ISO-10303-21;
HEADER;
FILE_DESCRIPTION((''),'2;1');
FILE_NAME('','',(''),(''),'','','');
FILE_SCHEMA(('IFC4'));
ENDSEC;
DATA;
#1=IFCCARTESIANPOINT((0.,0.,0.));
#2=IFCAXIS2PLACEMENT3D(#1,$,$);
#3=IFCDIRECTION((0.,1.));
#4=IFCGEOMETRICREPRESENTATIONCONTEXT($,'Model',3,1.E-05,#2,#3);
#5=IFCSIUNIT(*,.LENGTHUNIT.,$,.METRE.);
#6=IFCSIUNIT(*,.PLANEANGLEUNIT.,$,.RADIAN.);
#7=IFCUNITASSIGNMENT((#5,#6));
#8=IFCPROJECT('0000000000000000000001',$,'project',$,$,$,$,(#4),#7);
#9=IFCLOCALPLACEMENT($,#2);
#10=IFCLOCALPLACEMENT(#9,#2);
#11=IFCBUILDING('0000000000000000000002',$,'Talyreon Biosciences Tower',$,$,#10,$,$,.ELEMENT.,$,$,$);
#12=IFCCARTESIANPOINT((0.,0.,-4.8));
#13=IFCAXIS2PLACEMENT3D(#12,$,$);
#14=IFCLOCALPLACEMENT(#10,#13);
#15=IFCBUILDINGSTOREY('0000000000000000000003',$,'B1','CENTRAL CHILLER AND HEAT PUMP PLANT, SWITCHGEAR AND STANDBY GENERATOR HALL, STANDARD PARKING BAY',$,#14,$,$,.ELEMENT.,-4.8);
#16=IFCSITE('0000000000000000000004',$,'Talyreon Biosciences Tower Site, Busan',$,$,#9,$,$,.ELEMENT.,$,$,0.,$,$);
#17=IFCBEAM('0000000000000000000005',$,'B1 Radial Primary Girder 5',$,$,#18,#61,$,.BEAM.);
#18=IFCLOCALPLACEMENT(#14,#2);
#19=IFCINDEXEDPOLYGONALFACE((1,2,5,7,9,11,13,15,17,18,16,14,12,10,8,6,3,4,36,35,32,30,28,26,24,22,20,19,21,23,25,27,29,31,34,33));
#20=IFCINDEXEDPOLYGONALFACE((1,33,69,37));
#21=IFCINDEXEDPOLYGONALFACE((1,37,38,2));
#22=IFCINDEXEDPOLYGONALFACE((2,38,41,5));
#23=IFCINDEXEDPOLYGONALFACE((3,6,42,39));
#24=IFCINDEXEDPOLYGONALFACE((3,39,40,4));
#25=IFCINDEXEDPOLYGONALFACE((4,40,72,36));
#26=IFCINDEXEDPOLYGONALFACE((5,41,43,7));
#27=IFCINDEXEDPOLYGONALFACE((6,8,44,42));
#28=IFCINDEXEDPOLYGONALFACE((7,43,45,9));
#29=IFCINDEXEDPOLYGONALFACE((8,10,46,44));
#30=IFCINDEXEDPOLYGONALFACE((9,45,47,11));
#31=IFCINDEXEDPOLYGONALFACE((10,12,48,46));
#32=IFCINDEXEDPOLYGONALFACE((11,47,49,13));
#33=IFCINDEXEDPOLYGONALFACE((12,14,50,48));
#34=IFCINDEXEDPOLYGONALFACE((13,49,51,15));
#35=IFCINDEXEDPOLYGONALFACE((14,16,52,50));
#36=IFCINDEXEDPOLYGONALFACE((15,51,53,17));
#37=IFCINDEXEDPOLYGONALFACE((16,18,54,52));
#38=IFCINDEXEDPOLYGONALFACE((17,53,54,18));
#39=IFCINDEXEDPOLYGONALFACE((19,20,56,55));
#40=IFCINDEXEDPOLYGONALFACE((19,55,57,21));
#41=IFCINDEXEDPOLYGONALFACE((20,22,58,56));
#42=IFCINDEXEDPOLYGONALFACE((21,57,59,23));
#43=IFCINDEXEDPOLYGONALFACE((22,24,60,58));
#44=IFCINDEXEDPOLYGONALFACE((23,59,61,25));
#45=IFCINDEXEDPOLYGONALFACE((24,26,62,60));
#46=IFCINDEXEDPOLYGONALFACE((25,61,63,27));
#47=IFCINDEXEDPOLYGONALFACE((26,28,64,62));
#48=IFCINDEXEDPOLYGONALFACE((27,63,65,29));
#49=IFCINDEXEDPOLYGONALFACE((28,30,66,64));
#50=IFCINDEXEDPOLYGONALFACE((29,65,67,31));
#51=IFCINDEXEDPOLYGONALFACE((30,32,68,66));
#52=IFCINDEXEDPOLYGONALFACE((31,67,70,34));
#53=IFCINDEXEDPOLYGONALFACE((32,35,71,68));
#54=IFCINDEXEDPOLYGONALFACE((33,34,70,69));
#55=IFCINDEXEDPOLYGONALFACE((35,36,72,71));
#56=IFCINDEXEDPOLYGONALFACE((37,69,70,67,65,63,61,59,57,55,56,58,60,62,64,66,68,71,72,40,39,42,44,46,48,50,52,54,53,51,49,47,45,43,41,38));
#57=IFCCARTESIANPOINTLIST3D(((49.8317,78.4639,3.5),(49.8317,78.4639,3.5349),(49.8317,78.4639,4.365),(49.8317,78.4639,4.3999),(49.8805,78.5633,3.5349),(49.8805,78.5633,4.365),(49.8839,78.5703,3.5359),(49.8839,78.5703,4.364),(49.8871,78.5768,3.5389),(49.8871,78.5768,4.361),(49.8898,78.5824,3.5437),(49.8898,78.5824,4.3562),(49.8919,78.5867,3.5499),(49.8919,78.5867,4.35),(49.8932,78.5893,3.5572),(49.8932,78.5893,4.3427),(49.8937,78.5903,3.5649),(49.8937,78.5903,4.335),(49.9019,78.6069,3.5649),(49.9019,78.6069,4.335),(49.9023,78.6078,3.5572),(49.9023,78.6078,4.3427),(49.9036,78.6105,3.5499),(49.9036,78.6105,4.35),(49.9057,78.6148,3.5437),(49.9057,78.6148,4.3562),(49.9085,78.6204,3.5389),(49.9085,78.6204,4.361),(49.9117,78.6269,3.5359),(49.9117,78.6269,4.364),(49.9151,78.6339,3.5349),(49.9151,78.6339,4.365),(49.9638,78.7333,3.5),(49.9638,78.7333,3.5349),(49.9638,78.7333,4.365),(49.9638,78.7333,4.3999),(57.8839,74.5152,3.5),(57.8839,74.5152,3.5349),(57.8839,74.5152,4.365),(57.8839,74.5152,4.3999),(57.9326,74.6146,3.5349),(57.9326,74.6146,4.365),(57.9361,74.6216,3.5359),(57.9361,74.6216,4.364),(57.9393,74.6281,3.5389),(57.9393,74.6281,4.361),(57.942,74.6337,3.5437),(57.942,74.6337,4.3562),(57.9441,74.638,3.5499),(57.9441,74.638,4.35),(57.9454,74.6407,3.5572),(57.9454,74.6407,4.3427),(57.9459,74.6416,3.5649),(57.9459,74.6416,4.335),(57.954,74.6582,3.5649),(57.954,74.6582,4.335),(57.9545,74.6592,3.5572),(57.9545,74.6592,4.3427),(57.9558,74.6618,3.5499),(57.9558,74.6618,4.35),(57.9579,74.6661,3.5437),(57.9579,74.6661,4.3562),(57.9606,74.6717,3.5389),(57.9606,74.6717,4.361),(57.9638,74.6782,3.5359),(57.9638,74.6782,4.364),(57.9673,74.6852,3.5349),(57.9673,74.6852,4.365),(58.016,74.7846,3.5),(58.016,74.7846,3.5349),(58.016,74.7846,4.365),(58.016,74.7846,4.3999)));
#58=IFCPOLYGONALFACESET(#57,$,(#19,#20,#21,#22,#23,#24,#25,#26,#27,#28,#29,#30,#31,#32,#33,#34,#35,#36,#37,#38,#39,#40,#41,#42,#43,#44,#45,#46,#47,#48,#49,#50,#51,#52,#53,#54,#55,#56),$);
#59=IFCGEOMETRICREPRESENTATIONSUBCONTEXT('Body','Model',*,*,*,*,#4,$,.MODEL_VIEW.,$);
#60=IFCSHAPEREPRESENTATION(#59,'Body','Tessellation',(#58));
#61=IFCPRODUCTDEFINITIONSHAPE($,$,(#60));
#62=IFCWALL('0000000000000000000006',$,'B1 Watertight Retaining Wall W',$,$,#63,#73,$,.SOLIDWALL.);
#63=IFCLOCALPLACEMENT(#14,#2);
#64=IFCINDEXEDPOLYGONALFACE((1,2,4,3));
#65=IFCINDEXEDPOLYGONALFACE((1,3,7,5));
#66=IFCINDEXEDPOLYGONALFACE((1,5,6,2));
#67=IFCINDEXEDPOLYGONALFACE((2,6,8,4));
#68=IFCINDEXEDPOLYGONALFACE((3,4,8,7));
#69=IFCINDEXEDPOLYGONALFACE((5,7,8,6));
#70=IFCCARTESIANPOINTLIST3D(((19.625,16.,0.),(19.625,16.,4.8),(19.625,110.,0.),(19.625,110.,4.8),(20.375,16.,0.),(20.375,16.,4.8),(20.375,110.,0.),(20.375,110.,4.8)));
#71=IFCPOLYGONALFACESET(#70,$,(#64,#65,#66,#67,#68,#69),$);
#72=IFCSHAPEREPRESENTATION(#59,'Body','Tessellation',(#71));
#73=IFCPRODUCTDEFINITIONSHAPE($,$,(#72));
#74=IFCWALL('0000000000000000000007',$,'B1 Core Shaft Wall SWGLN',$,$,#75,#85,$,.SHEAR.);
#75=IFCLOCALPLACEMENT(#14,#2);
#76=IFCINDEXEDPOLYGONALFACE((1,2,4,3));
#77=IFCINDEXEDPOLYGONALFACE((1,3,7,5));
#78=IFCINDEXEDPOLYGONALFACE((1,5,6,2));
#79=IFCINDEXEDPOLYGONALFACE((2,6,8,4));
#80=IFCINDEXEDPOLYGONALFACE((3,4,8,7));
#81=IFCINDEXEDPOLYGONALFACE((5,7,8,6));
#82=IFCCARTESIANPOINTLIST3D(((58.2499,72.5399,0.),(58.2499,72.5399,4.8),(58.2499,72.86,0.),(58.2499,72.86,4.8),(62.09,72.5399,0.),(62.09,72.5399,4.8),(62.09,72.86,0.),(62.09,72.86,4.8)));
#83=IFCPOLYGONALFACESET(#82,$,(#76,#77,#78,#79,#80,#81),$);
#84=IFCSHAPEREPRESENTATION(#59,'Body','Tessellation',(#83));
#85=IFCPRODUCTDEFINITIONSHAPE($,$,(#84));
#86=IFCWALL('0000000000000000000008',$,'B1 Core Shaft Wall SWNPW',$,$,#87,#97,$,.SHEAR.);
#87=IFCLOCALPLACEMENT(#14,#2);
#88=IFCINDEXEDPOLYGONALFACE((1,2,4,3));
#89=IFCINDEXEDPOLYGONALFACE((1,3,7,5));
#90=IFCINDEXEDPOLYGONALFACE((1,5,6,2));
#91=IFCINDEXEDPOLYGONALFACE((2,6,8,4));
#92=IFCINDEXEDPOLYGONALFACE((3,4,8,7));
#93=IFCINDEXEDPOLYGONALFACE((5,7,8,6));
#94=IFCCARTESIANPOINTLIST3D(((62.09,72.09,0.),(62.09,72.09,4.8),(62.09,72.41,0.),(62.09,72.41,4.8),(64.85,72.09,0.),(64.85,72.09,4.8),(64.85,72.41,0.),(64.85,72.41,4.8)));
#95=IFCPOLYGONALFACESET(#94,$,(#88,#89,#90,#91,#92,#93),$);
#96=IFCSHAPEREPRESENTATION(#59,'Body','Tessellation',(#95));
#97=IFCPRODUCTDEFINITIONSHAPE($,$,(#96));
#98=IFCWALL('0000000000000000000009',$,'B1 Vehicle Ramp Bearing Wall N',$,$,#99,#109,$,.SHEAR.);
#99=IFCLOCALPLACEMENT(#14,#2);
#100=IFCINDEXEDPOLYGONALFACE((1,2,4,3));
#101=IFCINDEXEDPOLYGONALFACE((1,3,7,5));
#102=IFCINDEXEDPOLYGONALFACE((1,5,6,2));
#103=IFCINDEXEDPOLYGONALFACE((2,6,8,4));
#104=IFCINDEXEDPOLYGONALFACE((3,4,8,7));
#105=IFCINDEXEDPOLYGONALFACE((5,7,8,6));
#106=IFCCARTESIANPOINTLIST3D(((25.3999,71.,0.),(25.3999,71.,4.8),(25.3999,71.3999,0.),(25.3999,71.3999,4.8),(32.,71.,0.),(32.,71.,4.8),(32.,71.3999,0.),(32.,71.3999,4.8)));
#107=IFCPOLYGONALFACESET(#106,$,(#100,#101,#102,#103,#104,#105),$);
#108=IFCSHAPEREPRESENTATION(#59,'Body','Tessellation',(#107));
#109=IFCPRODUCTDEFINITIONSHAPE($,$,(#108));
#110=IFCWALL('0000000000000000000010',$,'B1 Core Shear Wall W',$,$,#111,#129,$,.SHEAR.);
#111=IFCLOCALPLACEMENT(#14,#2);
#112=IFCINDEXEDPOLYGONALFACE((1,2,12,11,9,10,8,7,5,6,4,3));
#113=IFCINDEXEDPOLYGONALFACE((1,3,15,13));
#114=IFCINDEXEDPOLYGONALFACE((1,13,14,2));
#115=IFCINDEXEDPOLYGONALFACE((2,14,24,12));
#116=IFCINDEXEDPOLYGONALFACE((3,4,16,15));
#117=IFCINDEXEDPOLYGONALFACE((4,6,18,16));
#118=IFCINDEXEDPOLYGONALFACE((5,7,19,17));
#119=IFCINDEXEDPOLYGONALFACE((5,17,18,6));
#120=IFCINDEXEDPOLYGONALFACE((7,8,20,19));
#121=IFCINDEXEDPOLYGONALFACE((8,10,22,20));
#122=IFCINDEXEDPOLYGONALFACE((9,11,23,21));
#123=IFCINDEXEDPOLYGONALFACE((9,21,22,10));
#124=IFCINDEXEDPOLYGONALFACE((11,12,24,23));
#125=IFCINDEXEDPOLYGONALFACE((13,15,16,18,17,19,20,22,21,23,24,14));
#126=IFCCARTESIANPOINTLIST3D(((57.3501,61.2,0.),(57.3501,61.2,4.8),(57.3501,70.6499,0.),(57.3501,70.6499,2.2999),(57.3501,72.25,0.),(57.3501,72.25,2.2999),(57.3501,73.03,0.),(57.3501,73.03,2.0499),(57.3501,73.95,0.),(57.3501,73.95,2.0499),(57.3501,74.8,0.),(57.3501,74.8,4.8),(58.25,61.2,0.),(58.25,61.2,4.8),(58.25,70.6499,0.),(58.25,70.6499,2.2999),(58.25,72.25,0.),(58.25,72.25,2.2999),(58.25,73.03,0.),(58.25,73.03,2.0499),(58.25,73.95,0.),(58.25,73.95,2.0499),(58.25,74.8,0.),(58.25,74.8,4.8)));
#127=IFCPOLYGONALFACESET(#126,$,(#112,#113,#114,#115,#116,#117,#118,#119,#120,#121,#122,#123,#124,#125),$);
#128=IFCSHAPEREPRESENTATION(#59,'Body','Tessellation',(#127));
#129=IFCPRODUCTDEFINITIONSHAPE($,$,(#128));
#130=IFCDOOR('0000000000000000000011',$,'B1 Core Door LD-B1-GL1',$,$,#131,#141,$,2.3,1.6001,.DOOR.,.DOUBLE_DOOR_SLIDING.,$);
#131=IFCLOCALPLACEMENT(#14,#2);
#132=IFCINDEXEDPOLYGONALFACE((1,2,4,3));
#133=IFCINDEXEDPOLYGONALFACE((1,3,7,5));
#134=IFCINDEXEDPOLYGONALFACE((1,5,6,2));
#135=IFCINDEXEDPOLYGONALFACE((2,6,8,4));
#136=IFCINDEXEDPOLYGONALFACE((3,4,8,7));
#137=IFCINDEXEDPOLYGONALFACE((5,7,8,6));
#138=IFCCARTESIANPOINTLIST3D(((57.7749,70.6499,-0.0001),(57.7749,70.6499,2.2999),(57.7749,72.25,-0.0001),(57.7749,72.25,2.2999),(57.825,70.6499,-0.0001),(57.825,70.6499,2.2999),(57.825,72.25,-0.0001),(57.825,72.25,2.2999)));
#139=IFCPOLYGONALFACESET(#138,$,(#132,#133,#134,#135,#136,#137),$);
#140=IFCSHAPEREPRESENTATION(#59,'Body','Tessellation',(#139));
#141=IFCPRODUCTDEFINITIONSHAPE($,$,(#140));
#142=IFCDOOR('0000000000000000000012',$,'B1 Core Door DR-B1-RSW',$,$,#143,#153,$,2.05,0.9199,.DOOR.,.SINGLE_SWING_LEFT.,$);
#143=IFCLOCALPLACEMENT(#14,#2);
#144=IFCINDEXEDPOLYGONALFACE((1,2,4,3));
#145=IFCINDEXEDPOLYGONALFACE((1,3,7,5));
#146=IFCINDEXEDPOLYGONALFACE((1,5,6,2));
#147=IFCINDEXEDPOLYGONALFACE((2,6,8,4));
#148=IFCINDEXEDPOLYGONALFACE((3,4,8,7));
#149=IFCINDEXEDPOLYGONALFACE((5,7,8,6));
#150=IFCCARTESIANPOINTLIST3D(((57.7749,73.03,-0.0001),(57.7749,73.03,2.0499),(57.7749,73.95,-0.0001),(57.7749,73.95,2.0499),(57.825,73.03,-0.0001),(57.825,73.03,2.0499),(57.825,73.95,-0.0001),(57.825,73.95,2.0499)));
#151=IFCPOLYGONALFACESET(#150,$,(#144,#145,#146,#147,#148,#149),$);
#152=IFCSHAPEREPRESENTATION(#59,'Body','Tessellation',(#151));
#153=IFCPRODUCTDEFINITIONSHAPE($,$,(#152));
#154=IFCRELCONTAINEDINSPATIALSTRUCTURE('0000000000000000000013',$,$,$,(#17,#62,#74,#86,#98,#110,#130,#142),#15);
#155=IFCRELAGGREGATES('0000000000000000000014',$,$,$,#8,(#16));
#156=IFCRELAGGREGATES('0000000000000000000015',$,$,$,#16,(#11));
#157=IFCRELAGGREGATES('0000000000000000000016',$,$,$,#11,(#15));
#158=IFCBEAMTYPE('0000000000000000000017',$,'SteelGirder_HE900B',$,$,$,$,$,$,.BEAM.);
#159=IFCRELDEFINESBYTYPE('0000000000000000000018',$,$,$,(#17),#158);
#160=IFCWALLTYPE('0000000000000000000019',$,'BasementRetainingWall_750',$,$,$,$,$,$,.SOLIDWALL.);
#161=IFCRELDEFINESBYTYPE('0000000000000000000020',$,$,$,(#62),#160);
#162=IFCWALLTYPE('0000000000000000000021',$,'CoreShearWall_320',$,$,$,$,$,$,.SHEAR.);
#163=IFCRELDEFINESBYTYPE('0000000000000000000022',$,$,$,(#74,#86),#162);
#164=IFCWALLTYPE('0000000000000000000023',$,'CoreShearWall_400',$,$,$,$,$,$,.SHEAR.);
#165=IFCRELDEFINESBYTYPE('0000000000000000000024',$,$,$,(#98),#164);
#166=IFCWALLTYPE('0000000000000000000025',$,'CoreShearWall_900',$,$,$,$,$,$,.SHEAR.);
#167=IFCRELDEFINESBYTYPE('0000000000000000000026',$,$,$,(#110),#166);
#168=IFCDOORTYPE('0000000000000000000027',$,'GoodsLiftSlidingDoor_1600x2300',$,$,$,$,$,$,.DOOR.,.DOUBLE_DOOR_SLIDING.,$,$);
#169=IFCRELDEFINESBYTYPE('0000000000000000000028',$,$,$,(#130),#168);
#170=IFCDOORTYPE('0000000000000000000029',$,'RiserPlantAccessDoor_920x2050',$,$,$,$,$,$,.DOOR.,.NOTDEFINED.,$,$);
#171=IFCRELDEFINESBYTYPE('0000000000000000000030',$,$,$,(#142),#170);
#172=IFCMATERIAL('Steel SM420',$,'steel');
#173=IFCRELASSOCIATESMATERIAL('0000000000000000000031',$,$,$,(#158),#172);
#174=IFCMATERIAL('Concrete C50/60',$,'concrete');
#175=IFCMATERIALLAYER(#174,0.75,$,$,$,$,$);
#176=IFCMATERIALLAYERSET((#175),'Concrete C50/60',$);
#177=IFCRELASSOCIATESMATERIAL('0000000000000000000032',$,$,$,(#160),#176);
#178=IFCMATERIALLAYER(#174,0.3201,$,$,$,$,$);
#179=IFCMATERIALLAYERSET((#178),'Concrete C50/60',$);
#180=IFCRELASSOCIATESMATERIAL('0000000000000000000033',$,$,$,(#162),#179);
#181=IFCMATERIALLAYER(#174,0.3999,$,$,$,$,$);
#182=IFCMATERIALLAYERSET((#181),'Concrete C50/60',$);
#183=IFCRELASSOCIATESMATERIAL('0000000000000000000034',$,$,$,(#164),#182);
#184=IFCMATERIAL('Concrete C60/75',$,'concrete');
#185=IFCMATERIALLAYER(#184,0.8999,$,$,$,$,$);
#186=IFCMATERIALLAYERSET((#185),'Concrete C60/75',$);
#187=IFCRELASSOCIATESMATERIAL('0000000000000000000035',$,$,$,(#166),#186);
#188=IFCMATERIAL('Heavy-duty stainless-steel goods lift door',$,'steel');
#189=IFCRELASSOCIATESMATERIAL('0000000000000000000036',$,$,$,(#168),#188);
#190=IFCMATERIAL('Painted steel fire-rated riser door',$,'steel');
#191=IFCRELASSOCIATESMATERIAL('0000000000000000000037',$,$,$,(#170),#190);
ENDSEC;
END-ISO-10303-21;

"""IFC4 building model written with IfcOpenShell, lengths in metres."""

from ifc_helpers import new_model, si_unit, direction, frame, frame_2d, origin, origin_2d, place, context, subcontext, project, spatial, rectangle, i_section, extrude, material, layer, layer_set, material_profile, profile_set, type_object, element, fill, save


model = new_model("IFC4")

# Units and contexts
model_context = context("Model", 3, precision=1e-05, world=origin(), true_north=direction((0.0, 1.0)))
body_context = subcontext(model_context, "Body", "Model", "MODEL_VIEW")
ifc_project = project(units=[si_unit("LENGTHUNIT", "METRE"), si_unit("PLANEANGLEUNIT", "RADIAN")], contexts=[model_context])

# Site, building, storey
site_placement = place(None, origin())
site = spatial("IfcSite", under=ifc_project, at=site_placement, Name="Talyreon Biosciences Tower Site, Busan", CompositionType="ELEMENT", RefElevation=0.0)
building_placement = place(site_placement, origin())
building = spatial("IfcBuilding", under=site, at=building_placement, Name="Talyreon Biosciences Tower", CompositionType="ELEMENT")
storey_placement = place(building_placement, frame((0.0, 0.0, -4.8)))
storey = spatial("IfcBuildingStorey", under=building, at=storey_placement, Name="B1", Description="CENTRAL CHILLER AND HEAT PUMP PLANT, SWITCHGEAR AND STANDBY GENERATOR HALL, STANDARD PARKING BAY", CompositionType="ELEMENT", Elevation=-4.8)

# Shared definitions
ifc_material_1 = material(Name="Concrete C50/60", Category="concrete")
ifc_material_2 = material(Name="Concrete C60/75", Category="concrete")

# Beam
ifc_material_3 = material(Name="Steel SM420", Category="steel")
ifc_material_profile_1 = material_profile(ifc_material_3, i_section(OverallWidth=0.3, OverallDepth=0.8999, WebThickness=0.0186, FlangeThickness=0.0349, FilletRadius=0.03, at=origin_2d()), Name="HE900B")
ifc_profile_set_1 = profile_set([ifc_material_profile_1], Name="Steel SM420")
beam_type_1 = type_object("IfcBeamType", Name="SteelGirder_HE900B", PredefinedType="BEAM", material=ifc_profile_set_1)
beam_1_placement = place(storey_placement, frame((57.95, 74.6499, 3.95), z_axis=(-0.897852, 0.440297, 0.0), x_axis=(-0.440297, -0.897852, 0.0)))
element("IfcBeam", 1, at=beam_1_placement, inside=storey, type_object=beam_type_1, Name="B1 Radial Primary Girder 5", PredefinedType="BEAM", context=body_context, shape_type="SweptSolid", body=[
    extrude(i_section(OverallWidth=0.3, OverallDepth=0.8999, WebThickness=0.0186, FlangeThickness=0.0349, FilletRadius=0.03, at=origin_2d()), origin(), (0.0, 0.0, 1.0), 8.9683),
])

# Walls
ifc_layer_1 = layer(ifc_material_1, 0.75)
ifc_layer_set_1 = layer_set([ifc_layer_1], Name="Concrete C50/60")
wall_type_1 = type_object("IfcWallType", Name="BasementRetainingWall_750", PredefinedType="SOLIDWALL", material=ifc_layer_set_1)
wall_1_placement = place(storey_placement, frame((20.0, 110.0, 0.0), z_axis=(0.0, 0.0, 1.0), x_axis=(0.0, -1.0, 0.0)))
element("IfcWall", 2, at=wall_1_placement, inside=storey, type_object=wall_type_1, Name="B1 Watertight Retaining Wall W", PredefinedType="SOLIDWALL", context=body_context, shape_type="SweptSolid", body=[
    extrude(rectangle(XDim=94.0, YDim=0.75, at=frame_2d((47.0, 0.0))), origin(), (0.0, 0.0, 1.0), 4.8),
])
ifc_layer_2 = layer(ifc_material_1, 0.3201)
ifc_layer_set_2 = layer_set([ifc_layer_2], Name="Concrete C50/60")
wall_type_2 = type_object("IfcWallType", Name="CoreShearWall_320", PredefinedType="SHEAR", material=ifc_layer_set_2)
wall_2_placement = place(storey_placement, frame((58.25, 72.7, 0.0), z_axis=(0.0, 0.0, 1.0), x_axis=(1.0, 0.0, 0.0)))
element("IfcWall", 3, at=wall_2_placement, inside=storey, type_object=wall_type_2, Name="B1 Core Shaft Wall SWGLN", PredefinedType="SHEAR", context=body_context, shape_type="SweptSolid", body=[
    extrude(rectangle(XDim=3.8401, YDim=0.3201, at=frame_2d((1.9199, 0.0))), origin(), (0.0, 0.0, 1.0), 4.8),
])
wall_3_placement = place(storey_placement, frame((62.0901, 72.25, 0.0), z_axis=(0.0, 0.0, 1.0), x_axis=(1.0, 0.0, 0.0)))
element("IfcWall", 4, at=wall_3_placement, inside=storey, type_object=wall_type_2, Name="B1 Core Shaft Wall SWNPW", PredefinedType="SHEAR", context=body_context, shape_type="SweptSolid", body=[
    extrude(rectangle(XDim=2.76, YDim=0.3201, at=frame_2d((1.3799, 0.0))), origin(), (0.0, 0.0, 1.0), 4.8),
])
ifc_layer_3 = layer(ifc_material_1, 0.3999)
ifc_layer_set_3 = layer_set([ifc_layer_3], Name="Concrete C50/60")
wall_type_3 = type_object("IfcWallType", Name="CoreShearWall_400", PredefinedType="SHEAR", material=ifc_layer_set_3)
wall_4_placement = place(storey_placement, frame((25.3999, 71.2, 0.0), z_axis=(0.0, 0.0, 1.0), x_axis=(1.0, 0.0, 0.0)))
element("IfcWall", 5, at=wall_4_placement, inside=storey, type_object=wall_type_3, Name="B1 Vehicle Ramp Bearing Wall N", PredefinedType="SHEAR", context=body_context, shape_type="SweptSolid", body=[
    extrude(rectangle(XDim=6.6001, YDim=0.3999, at=frame_2d((3.3, 0.0))), origin(), (0.0, 0.0, 1.0), 4.8),
])

# Wall, openings, doors
ifc_layer_4 = layer(ifc_material_2, 0.8999)
ifc_layer_set_4 = layer_set([ifc_layer_4], Name="Concrete C60/75")
wall_type_4 = type_object("IfcWallType", Name="CoreShearWall_900", PredefinedType="SHEAR", material=ifc_layer_set_4)
wall_5_placement = place(storey_placement, frame((57.8, 74.8, 0.0), z_axis=(0.0, 0.0, 1.0), x_axis=(0.0, -1.0, 0.0)))
wall_5 = element("IfcWall", 6, at=wall_5_placement, inside=storey, type_object=wall_type_4, Name="B1 Core Shear Wall W", PredefinedType="SHEAR", context=body_context, shape_type="SweptSolid", body=[
    extrude(rectangle(XDim=13.6001, YDim=0.8999, at=frame_2d((6.8, 0.0))), origin(), (0.0, 0.0, 1.0), 4.8),
])
opening_1_placement = place(wall_5_placement, frame((0.8501, 0.0, 0.0)))
opening_1 = element("IfcOpeningElement", 7, at=opening_1_placement, cuts=wall_5, PredefinedType="OPENING", context=body_context, shape_type="SweptSolid", body=[
    extrude(rectangle(XDim=0.9199, YDim=2.05, at=frame_2d((0.46, 1.0249))), frame((0.0, 0.46, 0.0), z_axis=(0.0, -1.0, 0.0), x_axis=(1.0, 0.0, 0.0)), (0.0, 0.0, 1.0), 0.9199),
])
opening_2_placement = place(wall_5_placement, frame((2.55, 0.0, 0.0)))
opening_2 = element("IfcOpeningElement", 8, at=opening_2_placement, cuts=wall_5, PredefinedType="OPENING", context=body_context, shape_type="SweptSolid", body=[
    extrude(rectangle(XDim=1.6001, YDim=2.3, at=frame_2d((0.8, 1.1499))), frame((0.0, 0.46, 0.0), z_axis=(0.0, -1.0, 0.0), x_axis=(1.0, 0.0, 0.0)), (0.0, 0.0, 1.0), 0.9199),
])
ifc_material_4 = material(Name="Heavy-duty stainless-steel goods lift door", Category="steel")
door_type_1 = type_object("IfcDoorType", Name="GoodsLiftSlidingDoor_1600x2300", OperationType="DOUBLE_DOOR_SLIDING", PredefinedType="DOOR", material=ifc_material_4)
door_1_placement = place(opening_2_placement, origin())
door_1 = element("IfcDoor", 9, at=door_1_placement, inside=storey, type_object=door_type_1, Name="B1 Core Door LD-B1-GL1", OperationType="DOUBLE_DOOR_SLIDING", OverallHeight=2.3, OverallWidth=1.6001, PredefinedType="DOOR", context=body_context, shape_type="SweptSolid", body=[
    extrude(rectangle(XDim=1.6001, YDim=2.3, at=frame_2d((0.8, 1.1499))), frame((0.0, 0.0249, 0.0), z_axis=(0.0, -1.0, 0.0), x_axis=(1.0, 0.0, 0.0)), (0.0, 0.0, 1.0), 0.05),
])
fill(opening_2, door_1)
ifc_material_5 = material(Name="Painted steel fire-rated riser door", Category="steel")
door_type_2 = type_object("IfcDoorType", Name="RiserPlantAccessDoor_920x2050", OperationType="NOTDEFINED", PredefinedType="DOOR", material=ifc_material_5)
door_2_placement = place(opening_1_placement, origin())
door_2 = element("IfcDoor", 10, at=door_2_placement, inside=storey, type_object=door_type_2, Name="B1 Core Door DR-B1-RSW", OperationType="SINGLE_SWING_LEFT", OverallHeight=2.05, OverallWidth=0.9199, PredefinedType="DOOR", context=body_context, shape_type="SweptSolid", body=[
    extrude(rectangle(XDim=0.9199, YDim=2.05, at=frame_2d((0.46, 1.0249))), frame((0.0, 0.0249, 0.0), z_axis=(0.0, -1.0, 0.0), x_axis=(1.0, 0.0, 0.0)), (0.0, 0.0, 1.0), 0.05),
])
fill(opening_1, door_2)

save(model, "model.ifc")
